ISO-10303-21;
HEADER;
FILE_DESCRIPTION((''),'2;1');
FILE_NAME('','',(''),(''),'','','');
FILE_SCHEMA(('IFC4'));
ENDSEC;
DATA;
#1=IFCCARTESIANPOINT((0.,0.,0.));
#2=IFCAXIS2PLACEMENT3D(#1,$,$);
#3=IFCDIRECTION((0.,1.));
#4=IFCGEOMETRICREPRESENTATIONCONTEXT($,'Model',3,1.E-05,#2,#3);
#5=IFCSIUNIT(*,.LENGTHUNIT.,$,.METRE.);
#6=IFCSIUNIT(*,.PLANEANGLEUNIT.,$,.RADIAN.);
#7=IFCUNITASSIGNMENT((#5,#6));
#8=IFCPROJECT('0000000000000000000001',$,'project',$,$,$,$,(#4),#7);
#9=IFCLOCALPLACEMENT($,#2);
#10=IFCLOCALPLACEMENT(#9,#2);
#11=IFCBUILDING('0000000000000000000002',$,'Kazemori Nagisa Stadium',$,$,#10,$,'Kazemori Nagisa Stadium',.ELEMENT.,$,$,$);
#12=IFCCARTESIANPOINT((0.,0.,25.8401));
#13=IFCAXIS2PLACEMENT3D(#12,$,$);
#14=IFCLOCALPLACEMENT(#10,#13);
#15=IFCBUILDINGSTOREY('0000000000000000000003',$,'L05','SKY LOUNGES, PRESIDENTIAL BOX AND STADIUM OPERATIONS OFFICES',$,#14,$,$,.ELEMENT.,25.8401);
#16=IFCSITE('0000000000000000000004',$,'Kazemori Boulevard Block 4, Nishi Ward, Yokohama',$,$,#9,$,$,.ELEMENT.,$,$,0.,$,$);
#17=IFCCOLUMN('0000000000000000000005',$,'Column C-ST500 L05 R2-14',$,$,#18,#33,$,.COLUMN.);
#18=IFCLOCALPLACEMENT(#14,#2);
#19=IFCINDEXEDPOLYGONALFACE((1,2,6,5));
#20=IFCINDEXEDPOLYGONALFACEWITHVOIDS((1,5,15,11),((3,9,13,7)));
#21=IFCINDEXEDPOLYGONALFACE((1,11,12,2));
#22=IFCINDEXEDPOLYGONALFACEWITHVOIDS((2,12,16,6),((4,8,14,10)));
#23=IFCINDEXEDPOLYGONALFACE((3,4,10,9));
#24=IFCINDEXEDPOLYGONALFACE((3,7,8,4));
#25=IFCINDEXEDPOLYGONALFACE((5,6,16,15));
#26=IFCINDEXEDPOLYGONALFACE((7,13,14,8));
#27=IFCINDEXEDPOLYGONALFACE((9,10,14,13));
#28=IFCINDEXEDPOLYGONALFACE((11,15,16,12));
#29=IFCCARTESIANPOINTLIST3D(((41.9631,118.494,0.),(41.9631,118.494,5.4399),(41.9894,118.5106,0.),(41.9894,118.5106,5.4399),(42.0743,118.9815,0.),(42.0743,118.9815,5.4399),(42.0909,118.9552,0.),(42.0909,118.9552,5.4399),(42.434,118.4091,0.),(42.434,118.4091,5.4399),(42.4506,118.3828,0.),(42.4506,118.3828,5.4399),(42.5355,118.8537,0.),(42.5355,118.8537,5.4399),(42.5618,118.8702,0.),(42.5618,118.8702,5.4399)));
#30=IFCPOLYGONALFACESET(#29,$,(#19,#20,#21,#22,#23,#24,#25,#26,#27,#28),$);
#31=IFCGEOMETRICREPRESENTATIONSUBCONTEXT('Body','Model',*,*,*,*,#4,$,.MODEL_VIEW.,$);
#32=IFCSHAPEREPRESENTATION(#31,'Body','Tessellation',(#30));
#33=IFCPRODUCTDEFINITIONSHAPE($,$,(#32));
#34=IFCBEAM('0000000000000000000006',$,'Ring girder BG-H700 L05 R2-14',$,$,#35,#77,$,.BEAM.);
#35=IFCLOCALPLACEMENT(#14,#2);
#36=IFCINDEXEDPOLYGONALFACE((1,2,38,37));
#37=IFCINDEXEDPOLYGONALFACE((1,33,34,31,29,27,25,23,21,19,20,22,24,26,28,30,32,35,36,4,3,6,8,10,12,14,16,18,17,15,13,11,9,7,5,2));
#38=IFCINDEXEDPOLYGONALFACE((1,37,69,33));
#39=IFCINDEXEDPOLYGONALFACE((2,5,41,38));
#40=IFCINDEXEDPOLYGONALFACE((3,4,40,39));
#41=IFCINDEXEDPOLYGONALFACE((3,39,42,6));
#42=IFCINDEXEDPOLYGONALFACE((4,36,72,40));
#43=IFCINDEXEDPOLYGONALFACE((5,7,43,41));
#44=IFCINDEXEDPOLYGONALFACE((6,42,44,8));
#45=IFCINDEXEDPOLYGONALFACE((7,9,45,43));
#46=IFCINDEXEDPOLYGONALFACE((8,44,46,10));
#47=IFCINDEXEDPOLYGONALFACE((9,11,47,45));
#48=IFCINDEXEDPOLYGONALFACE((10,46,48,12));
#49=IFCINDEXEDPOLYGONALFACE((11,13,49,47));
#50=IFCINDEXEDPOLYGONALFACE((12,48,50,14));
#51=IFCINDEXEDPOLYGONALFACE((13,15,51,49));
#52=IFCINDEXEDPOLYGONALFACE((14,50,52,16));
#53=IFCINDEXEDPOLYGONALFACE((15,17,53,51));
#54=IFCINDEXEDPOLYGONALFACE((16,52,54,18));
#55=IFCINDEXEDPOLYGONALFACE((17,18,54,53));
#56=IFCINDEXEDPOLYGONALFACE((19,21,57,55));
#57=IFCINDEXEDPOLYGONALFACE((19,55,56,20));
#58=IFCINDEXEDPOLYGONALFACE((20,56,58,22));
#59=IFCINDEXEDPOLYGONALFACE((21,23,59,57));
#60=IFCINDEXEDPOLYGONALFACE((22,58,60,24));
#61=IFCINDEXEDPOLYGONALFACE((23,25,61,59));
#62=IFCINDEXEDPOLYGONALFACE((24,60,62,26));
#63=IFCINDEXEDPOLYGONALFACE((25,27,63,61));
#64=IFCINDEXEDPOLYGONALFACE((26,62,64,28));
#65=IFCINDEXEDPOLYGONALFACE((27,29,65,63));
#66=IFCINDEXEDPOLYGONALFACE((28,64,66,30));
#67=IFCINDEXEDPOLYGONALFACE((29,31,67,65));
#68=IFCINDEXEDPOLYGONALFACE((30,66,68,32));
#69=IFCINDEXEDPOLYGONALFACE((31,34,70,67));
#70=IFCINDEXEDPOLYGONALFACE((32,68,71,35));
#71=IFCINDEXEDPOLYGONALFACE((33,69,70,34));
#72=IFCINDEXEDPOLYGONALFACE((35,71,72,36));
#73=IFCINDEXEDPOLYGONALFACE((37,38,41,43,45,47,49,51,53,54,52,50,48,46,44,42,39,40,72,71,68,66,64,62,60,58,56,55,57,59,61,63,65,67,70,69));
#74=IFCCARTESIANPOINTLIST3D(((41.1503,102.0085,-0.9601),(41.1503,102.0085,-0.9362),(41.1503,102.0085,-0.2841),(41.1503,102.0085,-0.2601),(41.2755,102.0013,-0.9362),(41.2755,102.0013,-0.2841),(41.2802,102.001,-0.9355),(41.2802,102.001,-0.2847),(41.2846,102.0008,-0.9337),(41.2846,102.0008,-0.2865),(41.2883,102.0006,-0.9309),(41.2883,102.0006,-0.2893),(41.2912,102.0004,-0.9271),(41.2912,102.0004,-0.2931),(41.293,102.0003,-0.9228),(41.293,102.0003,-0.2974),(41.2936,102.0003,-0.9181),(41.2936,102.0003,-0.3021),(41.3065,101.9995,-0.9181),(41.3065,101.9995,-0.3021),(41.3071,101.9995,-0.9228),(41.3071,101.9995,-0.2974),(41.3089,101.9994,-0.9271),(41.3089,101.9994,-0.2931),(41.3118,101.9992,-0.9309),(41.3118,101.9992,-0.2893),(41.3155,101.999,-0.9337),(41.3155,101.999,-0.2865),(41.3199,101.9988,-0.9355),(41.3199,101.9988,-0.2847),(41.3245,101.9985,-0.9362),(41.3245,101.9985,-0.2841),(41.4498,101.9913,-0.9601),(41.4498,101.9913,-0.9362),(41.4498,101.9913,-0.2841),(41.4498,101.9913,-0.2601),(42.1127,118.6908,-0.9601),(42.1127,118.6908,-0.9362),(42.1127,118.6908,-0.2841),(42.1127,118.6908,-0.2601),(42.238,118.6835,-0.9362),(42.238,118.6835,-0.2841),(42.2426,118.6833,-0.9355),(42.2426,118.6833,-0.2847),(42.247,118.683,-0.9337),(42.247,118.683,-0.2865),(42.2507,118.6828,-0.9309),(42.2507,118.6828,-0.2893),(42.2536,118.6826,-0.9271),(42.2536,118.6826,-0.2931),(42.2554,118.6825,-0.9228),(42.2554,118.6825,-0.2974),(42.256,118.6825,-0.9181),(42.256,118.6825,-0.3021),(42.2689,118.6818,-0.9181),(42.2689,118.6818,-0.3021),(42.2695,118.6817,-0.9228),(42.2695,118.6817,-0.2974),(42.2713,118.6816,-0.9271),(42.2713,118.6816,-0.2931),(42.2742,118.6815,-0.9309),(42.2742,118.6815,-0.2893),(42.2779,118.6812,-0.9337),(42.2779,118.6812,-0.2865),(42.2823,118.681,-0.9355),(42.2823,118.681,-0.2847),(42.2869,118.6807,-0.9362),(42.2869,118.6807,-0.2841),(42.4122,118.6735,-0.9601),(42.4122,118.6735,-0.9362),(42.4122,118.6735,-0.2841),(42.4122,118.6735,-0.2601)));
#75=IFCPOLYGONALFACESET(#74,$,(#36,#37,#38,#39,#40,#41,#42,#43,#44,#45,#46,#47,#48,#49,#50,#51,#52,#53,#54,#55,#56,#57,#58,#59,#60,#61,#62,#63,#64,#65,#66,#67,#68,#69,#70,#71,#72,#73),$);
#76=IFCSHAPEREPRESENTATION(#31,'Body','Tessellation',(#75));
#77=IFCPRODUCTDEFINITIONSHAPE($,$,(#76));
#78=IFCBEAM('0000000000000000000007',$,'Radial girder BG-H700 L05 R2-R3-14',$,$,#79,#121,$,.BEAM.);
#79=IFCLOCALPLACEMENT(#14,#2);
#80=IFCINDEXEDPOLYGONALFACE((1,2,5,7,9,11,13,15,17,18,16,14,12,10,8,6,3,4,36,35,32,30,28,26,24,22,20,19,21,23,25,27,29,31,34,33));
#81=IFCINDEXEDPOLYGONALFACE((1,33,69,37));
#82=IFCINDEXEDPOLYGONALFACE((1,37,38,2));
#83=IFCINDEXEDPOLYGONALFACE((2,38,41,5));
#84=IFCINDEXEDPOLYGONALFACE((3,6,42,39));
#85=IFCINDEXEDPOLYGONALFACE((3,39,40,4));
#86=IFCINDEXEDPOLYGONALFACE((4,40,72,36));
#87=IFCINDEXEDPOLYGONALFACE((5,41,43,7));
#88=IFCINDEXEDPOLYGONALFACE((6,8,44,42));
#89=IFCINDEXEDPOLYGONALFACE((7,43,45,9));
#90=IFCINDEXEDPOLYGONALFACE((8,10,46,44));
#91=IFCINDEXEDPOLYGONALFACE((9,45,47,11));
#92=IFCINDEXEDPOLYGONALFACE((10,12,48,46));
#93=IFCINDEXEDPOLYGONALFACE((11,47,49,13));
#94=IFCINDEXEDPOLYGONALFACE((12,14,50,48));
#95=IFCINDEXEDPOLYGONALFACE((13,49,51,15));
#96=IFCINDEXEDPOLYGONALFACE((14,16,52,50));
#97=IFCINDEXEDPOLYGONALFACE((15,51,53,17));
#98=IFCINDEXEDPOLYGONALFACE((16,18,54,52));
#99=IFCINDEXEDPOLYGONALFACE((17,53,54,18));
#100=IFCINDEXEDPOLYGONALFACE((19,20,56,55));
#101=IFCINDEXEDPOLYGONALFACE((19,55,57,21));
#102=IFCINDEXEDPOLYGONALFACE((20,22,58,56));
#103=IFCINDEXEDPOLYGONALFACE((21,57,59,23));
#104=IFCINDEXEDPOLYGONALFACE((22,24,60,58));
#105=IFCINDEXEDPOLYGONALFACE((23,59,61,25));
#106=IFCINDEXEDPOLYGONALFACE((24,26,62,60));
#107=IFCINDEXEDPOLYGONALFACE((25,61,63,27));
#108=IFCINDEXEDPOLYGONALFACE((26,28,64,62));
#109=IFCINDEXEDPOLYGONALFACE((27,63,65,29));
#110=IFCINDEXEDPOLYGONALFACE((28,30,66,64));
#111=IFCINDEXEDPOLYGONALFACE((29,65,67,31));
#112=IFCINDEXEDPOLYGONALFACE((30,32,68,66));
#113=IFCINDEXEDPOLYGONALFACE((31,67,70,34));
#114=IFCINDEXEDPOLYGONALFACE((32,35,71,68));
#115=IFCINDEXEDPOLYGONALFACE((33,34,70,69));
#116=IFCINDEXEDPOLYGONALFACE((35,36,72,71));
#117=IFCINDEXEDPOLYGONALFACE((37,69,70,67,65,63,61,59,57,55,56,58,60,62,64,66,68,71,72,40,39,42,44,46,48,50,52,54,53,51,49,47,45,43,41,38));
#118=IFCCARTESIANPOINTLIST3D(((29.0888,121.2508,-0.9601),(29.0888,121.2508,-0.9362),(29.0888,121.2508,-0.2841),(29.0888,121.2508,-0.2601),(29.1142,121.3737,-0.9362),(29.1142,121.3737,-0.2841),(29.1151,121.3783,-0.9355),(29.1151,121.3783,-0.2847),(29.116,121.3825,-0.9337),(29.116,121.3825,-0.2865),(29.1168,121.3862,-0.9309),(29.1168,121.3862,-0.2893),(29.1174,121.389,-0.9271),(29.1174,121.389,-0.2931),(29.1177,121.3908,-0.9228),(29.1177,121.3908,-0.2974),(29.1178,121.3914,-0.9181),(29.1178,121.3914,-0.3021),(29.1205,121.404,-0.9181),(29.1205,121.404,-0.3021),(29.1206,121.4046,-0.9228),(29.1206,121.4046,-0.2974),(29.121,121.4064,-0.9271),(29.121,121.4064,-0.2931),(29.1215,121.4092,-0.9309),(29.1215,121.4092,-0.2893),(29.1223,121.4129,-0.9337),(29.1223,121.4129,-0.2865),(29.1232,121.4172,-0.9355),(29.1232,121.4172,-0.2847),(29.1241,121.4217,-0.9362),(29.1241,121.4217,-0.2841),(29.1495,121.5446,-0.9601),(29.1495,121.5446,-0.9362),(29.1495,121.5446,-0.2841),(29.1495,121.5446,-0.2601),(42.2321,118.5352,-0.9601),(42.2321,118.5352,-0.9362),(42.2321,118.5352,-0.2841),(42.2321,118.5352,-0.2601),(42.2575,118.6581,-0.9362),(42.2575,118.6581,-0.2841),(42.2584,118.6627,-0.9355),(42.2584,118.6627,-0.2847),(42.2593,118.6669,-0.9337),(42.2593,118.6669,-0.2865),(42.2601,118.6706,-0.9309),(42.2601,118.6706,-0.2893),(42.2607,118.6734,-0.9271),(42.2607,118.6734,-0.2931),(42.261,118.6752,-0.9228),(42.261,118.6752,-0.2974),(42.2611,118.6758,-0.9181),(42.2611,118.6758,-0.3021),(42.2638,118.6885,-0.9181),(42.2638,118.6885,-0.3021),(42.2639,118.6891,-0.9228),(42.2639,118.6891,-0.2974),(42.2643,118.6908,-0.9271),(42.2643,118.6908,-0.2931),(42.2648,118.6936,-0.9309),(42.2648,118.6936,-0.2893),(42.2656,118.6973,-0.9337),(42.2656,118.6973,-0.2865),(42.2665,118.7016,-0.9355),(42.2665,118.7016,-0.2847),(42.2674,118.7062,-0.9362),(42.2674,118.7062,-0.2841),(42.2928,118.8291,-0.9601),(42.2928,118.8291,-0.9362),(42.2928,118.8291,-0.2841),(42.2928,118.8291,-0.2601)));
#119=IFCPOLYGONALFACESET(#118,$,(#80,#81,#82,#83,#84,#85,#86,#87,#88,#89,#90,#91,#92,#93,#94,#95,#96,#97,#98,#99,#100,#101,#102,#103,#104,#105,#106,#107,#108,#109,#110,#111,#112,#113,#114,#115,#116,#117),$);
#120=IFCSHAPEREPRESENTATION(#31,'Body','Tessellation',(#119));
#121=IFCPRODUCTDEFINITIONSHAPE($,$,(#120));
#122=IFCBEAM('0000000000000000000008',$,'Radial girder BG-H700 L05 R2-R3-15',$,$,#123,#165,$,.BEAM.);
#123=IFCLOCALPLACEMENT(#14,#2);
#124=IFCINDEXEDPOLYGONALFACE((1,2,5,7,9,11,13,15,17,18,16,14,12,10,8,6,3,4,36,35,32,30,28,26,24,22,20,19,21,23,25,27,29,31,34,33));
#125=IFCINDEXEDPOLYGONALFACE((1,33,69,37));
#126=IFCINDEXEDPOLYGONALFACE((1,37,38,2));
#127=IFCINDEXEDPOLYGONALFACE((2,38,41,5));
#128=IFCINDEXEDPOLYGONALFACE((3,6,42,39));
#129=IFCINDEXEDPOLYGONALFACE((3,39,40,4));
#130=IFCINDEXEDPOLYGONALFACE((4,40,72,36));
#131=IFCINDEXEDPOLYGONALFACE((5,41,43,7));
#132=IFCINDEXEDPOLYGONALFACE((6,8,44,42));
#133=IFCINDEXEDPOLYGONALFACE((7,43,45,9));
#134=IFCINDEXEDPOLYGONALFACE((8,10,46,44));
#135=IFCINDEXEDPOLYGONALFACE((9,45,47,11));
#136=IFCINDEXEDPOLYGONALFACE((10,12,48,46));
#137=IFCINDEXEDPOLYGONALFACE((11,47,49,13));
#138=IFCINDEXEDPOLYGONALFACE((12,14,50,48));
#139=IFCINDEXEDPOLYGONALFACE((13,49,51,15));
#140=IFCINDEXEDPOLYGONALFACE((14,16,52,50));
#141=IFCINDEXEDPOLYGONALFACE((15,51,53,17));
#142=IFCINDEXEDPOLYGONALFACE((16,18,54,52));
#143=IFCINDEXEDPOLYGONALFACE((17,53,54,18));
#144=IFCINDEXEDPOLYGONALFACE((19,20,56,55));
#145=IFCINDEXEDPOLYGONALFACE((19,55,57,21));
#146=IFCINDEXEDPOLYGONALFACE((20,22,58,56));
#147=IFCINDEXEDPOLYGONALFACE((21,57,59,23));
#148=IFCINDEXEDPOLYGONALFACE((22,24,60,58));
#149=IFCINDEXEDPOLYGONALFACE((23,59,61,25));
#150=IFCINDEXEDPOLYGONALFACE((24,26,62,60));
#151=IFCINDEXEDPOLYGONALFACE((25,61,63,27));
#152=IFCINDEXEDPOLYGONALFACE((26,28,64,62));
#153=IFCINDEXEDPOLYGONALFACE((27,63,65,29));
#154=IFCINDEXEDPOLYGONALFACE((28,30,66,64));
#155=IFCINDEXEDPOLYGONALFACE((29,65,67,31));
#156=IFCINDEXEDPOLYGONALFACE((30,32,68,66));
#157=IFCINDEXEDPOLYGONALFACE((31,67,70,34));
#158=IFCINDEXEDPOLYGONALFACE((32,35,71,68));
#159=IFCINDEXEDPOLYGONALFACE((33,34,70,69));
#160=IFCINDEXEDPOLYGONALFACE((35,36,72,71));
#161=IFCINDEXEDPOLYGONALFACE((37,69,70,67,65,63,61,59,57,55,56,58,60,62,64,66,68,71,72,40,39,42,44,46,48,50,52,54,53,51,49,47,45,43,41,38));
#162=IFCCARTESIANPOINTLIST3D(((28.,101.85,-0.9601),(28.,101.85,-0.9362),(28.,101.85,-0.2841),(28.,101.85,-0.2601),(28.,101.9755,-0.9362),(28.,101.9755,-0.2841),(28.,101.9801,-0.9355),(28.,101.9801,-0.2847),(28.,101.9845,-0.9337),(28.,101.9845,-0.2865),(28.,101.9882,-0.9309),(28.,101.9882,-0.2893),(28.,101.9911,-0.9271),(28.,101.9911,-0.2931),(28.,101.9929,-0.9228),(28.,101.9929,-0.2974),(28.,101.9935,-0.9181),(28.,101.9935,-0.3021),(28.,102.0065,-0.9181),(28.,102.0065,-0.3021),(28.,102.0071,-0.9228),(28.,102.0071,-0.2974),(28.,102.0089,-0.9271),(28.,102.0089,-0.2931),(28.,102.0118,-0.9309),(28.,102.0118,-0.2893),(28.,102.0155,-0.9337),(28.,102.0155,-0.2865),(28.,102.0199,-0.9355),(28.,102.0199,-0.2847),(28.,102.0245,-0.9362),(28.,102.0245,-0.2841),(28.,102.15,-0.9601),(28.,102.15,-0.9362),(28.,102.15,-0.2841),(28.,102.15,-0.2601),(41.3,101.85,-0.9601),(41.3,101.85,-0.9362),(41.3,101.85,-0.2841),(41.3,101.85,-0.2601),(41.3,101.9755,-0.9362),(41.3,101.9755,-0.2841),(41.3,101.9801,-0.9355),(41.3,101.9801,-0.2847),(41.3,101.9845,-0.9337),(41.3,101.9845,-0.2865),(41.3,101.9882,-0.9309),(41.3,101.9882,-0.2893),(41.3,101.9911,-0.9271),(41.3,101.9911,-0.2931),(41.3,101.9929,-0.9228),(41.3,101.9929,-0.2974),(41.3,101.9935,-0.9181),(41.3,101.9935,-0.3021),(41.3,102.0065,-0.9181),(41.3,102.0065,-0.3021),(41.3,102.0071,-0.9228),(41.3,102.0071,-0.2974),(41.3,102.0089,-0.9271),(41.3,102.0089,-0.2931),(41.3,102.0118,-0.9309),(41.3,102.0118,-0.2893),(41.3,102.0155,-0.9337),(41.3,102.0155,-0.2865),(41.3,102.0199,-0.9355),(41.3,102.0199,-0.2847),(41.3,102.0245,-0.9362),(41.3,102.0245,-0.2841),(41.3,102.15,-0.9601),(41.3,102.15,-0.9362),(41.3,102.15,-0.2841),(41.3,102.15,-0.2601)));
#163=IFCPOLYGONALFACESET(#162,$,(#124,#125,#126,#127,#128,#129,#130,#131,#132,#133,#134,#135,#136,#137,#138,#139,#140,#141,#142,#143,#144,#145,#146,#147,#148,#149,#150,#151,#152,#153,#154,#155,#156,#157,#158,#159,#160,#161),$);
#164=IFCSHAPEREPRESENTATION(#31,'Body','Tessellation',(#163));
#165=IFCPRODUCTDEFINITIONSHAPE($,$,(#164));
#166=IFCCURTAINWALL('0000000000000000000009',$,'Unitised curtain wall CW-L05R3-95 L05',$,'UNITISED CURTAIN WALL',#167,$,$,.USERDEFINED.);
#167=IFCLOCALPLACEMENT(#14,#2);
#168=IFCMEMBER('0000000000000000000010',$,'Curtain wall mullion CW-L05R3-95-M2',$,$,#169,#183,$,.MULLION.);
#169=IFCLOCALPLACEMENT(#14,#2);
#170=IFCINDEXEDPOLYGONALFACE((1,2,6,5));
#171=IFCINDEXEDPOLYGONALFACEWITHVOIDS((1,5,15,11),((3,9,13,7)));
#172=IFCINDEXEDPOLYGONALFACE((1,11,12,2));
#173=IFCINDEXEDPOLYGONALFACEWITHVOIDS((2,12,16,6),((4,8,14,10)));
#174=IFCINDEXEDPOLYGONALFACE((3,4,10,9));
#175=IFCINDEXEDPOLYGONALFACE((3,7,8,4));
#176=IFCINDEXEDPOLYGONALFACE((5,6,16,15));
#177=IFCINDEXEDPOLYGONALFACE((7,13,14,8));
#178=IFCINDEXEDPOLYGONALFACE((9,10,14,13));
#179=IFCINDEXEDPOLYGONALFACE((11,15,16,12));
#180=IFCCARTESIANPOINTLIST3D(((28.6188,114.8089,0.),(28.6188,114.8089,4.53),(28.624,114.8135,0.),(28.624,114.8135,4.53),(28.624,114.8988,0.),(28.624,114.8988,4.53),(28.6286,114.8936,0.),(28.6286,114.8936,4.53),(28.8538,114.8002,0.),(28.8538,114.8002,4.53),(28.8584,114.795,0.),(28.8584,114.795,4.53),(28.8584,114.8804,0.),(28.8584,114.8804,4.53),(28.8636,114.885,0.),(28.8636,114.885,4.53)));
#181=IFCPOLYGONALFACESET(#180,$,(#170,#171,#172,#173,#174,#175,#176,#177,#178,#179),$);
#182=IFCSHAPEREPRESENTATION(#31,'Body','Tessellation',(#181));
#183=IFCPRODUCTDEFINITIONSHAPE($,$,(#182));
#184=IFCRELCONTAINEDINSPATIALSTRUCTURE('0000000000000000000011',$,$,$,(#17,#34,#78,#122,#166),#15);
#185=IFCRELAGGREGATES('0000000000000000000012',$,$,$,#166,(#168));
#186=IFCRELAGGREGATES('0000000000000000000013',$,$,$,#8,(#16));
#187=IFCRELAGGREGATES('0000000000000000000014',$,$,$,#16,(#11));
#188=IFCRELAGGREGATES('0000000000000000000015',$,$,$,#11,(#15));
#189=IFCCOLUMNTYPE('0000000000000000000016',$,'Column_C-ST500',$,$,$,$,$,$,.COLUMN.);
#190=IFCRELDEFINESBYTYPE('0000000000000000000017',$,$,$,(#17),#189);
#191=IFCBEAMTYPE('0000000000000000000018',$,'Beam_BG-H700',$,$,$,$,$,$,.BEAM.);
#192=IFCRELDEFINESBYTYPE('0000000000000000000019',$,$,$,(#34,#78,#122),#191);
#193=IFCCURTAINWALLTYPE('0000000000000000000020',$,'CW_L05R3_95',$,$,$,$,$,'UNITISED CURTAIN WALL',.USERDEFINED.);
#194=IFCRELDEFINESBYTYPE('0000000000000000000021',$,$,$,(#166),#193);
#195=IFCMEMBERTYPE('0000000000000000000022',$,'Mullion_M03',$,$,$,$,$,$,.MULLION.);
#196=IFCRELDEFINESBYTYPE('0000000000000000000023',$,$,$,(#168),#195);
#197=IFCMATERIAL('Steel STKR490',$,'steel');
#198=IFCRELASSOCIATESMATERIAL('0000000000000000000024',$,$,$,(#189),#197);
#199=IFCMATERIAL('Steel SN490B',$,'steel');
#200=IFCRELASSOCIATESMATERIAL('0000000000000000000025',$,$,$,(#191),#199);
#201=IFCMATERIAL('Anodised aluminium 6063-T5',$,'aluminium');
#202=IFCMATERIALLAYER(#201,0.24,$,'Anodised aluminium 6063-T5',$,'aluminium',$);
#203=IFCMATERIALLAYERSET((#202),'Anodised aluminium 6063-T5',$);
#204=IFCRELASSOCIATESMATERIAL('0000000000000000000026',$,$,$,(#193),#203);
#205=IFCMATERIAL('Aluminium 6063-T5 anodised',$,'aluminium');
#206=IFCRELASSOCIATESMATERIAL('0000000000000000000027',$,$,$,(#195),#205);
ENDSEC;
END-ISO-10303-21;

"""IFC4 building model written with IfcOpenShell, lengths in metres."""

from ifc_helpers import new_model, si_unit, direction, frame, origin, origin_2d, place, context, subcontext, project, spatial, hollow_rectangle, i_section, extrude, material, layer, layer_set, material_profile, profile_set, type_object, element, aggregate, save


model = new_model("IFC4")

# Units and contexts
model_context = context("Model", 3, precision=1e-05, world=origin(), true_north=direction((0.0, 1.0)))
body_context = subcontext(model_context, "Body", "Model", "MODEL_VIEW")
ifc_project = project(units=[si_unit("LENGTHUNIT", "METRE"), si_unit("PLANEANGLEUNIT", "RADIAN")], contexts=[model_context])

# Site, building, storey
site_placement = place(None, origin())
site = spatial("IfcSite", under=ifc_project, at=site_placement, Name="Kazemori Boulevard Block 4, Nishi Ward, Yokohama", CompositionType="ELEMENT", RefElevation=0.0)
building_placement = place(site_placement, origin())
building = spatial("IfcBuilding", under=site, at=building_placement, Name="Kazemori Nagisa Stadium", LongName="Kazemori Nagisa Stadium", CompositionType="ELEMENT")
storey_placement = place(building_placement, frame((0.0, 0.0, 25.8401)))
storey = spatial("IfcBuildingStorey", under=building, at=storey_placement, Name="L05", Description="SKY LOUNGES, PRESIDENTIAL BOX AND STADIUM OPERATIONS OFFICES", CompositionType="ELEMENT", Elevation=25.8401)

# Column
ifc_material_1 = material(Name="Steel STKR490", Category="steel")
ifc_material_profile_1 = material_profile(ifc_material_1, hollow_rectangle(XDim=0.5, YDim=0.5, WallThickness=0.022, at=origin_2d()), Name="SHS-500x500x22")
ifc_profile_set_1 = profile_set([ifc_material_profile_1], Name="Steel STKR490")
column_type = type_object("IfcColumnType", Name="Column_C-ST500", PredefinedType="COLUMN", material=ifc_profile_set_1)
column_placement = place(storey_placement, frame((42.2625, 118.6821, 0.0), z_axis=(0.0, 0.0, 1.0), x_axis=(-0.974928, 0.222521, 0.0)))
element("IfcColumn", 1, at=column_placement, inside=storey, type_object=column_type, Name="Column C-ST500 L05 R2-14", PredefinedType="COLUMN", context=body_context, shape_type="SweptSolid", body=[
    extrude(hollow_rectangle(XDim=0.5, YDim=0.5, WallThickness=0.022, at=origin_2d()), origin(), (0.0, 0.0, 1.0), 5.4399),
])

# Beams
ifc_material_2 = material(Name="Steel SN490B", Category="steel")
ifc_material_profile_2 = material_profile(ifc_material_2, i_section(OverallWidth=0.3, OverallDepth=0.7, WebThickness=0.0129, FlangeThickness=0.0239, FilletRadius=0.0181, at=origin_2d()), Name="H-700x300x13x24")
ifc_profile_set_2 = profile_set([ifc_material_profile_2], Name="Steel SN490B")
beam_type = type_object("IfcBeamType", Name="Beam_BG-H700", PredefinedType="BEAM", material=ifc_profile_set_2)
beam_1_placement = place(storey_placement, frame((42.2625, 118.6821, -0.6101), z_axis=(-0.057595, -0.99834, 0.0), x_axis=(0.99834, -0.057595, 0.0)))
element("IfcBeam", 2, at=beam_1_placement, inside=storey, type_object=beam_type, Name="Ring girder BG-H700 L05 R2-14", PredefinedType="BEAM", context=body_context, shape_type="SweptSolid", body=[
    extrude(i_section(OverallWidth=0.3, OverallDepth=0.7, WebThickness=0.0129, FlangeThickness=0.0239, FilletRadius=0.0181, at=origin_2d()), origin(), (0.0, 0.0, 1.0), 16.71),
])
beam_2_placement = place(storey_placement, frame((42.2625, 118.6821, -0.6101), z_axis=(-0.979316, 0.202339, 0.0), x_axis=(-0.202339, -0.979316, 0.0)))
element("IfcBeam", 3, at=beam_2_placement, inside=storey, type_object=beam_type, Name="Radial girder BG-H700 L05 R2-R3-14", PredefinedType="BEAM", context=body_context, shape_type="SweptSolid", body=[
    extrude(i_section(OverallWidth=0.3, OverallDepth=0.7, WebThickness=0.0129, FlangeThickness=0.0239, FilletRadius=0.0181, at=origin_2d()), origin(), (0.0, 0.0, 1.0), 13.4209),
])
beam_3_placement = place(storey_placement, frame((41.3, 102.0, -0.6101), z_axis=(-1.0, 0.0, 0.0), x_axis=(0.0, -1.0, 0.0)))
element("IfcBeam", 4, at=beam_3_placement, inside=storey, type_object=beam_type, Name="Radial girder BG-H700 L05 R2-R3-15", PredefinedType="BEAM", context=body_context, shape_type="SweptSolid", body=[
    extrude(i_section(OverallWidth=0.3, OverallDepth=0.7, WebThickness=0.0129, FlangeThickness=0.0239, FilletRadius=0.0181, at=origin_2d()), origin(), (0.0, 0.0, 1.0), 13.3),
])

# Curtain wall, member
ifc_material_3 = material(Name="Anodised aluminium 6063-T5", Category="aluminium")
ifc_layer_1 = layer(ifc_material_3, 0.24, Name="Anodised aluminium 6063-T5", Category="aluminium")
ifc_layer_set_1 = layer_set([ifc_layer_1], Name="Anodised aluminium 6063-T5")
curtain_wall_type = type_object("IfcCurtainWallType", Name="CW_L05R3_95", ElementType="UNITISED CURTAIN WALL", PredefinedType="USERDEFINED", material=ifc_layer_set_1)
curtain_wall_placement = place(storey_placement, origin())
curtain_wall = element("IfcCurtainWall", 5, at=curtain_wall_placement, inside=storey, type_object=curtain_wall_type, Name="Unitised curtain wall CW-L05R3-95 L05", ObjectType="UNITISED CURTAIN WALL", PredefinedType="USERDEFINED")
ifc_material_4 = material(Name="Aluminium 6063-T5 anodised", Category="aluminium")
ifc_material_profile_3 = material_profile(ifc_material_4, hollow_rectangle(XDim=0.0901, YDim=0.24, WallThickness=0.0049, at=origin_2d()), Name="ALU-MULL-90x240x5")
ifc_profile_set_3 = profile_set([ifc_material_profile_3], Name="Aluminium 6063-T5 anodised")
member_type_1 = type_object("IfcMemberType", Name="Mullion_M03", PredefinedType="MULLION", material=ifc_profile_set_3)
member_1_placement = place(storey_placement, frame((28.7412, 114.8469, 0.0), z_axis=(0.0, 0.0, 1.0), x_axis=(-0.057602, -0.99834, 0.0)))
member_1 = element("IfcMember", 6, at=member_1_placement, type_object=member_type_1, Name="Curtain wall mullion CW-L05R3-95-M2", PredefinedType="MULLION", context=body_context, shape_type="SweptSolid", body=[
    extrude(hollow_rectangle(XDim=0.0901, YDim=0.24, WallThickness=0.0049, at=origin_2d()), origin(), (0.0, 0.0, 1.0), 4.53),
])
aggregate(curtain_wall, [member_1])

save(model, "model.ifc")
